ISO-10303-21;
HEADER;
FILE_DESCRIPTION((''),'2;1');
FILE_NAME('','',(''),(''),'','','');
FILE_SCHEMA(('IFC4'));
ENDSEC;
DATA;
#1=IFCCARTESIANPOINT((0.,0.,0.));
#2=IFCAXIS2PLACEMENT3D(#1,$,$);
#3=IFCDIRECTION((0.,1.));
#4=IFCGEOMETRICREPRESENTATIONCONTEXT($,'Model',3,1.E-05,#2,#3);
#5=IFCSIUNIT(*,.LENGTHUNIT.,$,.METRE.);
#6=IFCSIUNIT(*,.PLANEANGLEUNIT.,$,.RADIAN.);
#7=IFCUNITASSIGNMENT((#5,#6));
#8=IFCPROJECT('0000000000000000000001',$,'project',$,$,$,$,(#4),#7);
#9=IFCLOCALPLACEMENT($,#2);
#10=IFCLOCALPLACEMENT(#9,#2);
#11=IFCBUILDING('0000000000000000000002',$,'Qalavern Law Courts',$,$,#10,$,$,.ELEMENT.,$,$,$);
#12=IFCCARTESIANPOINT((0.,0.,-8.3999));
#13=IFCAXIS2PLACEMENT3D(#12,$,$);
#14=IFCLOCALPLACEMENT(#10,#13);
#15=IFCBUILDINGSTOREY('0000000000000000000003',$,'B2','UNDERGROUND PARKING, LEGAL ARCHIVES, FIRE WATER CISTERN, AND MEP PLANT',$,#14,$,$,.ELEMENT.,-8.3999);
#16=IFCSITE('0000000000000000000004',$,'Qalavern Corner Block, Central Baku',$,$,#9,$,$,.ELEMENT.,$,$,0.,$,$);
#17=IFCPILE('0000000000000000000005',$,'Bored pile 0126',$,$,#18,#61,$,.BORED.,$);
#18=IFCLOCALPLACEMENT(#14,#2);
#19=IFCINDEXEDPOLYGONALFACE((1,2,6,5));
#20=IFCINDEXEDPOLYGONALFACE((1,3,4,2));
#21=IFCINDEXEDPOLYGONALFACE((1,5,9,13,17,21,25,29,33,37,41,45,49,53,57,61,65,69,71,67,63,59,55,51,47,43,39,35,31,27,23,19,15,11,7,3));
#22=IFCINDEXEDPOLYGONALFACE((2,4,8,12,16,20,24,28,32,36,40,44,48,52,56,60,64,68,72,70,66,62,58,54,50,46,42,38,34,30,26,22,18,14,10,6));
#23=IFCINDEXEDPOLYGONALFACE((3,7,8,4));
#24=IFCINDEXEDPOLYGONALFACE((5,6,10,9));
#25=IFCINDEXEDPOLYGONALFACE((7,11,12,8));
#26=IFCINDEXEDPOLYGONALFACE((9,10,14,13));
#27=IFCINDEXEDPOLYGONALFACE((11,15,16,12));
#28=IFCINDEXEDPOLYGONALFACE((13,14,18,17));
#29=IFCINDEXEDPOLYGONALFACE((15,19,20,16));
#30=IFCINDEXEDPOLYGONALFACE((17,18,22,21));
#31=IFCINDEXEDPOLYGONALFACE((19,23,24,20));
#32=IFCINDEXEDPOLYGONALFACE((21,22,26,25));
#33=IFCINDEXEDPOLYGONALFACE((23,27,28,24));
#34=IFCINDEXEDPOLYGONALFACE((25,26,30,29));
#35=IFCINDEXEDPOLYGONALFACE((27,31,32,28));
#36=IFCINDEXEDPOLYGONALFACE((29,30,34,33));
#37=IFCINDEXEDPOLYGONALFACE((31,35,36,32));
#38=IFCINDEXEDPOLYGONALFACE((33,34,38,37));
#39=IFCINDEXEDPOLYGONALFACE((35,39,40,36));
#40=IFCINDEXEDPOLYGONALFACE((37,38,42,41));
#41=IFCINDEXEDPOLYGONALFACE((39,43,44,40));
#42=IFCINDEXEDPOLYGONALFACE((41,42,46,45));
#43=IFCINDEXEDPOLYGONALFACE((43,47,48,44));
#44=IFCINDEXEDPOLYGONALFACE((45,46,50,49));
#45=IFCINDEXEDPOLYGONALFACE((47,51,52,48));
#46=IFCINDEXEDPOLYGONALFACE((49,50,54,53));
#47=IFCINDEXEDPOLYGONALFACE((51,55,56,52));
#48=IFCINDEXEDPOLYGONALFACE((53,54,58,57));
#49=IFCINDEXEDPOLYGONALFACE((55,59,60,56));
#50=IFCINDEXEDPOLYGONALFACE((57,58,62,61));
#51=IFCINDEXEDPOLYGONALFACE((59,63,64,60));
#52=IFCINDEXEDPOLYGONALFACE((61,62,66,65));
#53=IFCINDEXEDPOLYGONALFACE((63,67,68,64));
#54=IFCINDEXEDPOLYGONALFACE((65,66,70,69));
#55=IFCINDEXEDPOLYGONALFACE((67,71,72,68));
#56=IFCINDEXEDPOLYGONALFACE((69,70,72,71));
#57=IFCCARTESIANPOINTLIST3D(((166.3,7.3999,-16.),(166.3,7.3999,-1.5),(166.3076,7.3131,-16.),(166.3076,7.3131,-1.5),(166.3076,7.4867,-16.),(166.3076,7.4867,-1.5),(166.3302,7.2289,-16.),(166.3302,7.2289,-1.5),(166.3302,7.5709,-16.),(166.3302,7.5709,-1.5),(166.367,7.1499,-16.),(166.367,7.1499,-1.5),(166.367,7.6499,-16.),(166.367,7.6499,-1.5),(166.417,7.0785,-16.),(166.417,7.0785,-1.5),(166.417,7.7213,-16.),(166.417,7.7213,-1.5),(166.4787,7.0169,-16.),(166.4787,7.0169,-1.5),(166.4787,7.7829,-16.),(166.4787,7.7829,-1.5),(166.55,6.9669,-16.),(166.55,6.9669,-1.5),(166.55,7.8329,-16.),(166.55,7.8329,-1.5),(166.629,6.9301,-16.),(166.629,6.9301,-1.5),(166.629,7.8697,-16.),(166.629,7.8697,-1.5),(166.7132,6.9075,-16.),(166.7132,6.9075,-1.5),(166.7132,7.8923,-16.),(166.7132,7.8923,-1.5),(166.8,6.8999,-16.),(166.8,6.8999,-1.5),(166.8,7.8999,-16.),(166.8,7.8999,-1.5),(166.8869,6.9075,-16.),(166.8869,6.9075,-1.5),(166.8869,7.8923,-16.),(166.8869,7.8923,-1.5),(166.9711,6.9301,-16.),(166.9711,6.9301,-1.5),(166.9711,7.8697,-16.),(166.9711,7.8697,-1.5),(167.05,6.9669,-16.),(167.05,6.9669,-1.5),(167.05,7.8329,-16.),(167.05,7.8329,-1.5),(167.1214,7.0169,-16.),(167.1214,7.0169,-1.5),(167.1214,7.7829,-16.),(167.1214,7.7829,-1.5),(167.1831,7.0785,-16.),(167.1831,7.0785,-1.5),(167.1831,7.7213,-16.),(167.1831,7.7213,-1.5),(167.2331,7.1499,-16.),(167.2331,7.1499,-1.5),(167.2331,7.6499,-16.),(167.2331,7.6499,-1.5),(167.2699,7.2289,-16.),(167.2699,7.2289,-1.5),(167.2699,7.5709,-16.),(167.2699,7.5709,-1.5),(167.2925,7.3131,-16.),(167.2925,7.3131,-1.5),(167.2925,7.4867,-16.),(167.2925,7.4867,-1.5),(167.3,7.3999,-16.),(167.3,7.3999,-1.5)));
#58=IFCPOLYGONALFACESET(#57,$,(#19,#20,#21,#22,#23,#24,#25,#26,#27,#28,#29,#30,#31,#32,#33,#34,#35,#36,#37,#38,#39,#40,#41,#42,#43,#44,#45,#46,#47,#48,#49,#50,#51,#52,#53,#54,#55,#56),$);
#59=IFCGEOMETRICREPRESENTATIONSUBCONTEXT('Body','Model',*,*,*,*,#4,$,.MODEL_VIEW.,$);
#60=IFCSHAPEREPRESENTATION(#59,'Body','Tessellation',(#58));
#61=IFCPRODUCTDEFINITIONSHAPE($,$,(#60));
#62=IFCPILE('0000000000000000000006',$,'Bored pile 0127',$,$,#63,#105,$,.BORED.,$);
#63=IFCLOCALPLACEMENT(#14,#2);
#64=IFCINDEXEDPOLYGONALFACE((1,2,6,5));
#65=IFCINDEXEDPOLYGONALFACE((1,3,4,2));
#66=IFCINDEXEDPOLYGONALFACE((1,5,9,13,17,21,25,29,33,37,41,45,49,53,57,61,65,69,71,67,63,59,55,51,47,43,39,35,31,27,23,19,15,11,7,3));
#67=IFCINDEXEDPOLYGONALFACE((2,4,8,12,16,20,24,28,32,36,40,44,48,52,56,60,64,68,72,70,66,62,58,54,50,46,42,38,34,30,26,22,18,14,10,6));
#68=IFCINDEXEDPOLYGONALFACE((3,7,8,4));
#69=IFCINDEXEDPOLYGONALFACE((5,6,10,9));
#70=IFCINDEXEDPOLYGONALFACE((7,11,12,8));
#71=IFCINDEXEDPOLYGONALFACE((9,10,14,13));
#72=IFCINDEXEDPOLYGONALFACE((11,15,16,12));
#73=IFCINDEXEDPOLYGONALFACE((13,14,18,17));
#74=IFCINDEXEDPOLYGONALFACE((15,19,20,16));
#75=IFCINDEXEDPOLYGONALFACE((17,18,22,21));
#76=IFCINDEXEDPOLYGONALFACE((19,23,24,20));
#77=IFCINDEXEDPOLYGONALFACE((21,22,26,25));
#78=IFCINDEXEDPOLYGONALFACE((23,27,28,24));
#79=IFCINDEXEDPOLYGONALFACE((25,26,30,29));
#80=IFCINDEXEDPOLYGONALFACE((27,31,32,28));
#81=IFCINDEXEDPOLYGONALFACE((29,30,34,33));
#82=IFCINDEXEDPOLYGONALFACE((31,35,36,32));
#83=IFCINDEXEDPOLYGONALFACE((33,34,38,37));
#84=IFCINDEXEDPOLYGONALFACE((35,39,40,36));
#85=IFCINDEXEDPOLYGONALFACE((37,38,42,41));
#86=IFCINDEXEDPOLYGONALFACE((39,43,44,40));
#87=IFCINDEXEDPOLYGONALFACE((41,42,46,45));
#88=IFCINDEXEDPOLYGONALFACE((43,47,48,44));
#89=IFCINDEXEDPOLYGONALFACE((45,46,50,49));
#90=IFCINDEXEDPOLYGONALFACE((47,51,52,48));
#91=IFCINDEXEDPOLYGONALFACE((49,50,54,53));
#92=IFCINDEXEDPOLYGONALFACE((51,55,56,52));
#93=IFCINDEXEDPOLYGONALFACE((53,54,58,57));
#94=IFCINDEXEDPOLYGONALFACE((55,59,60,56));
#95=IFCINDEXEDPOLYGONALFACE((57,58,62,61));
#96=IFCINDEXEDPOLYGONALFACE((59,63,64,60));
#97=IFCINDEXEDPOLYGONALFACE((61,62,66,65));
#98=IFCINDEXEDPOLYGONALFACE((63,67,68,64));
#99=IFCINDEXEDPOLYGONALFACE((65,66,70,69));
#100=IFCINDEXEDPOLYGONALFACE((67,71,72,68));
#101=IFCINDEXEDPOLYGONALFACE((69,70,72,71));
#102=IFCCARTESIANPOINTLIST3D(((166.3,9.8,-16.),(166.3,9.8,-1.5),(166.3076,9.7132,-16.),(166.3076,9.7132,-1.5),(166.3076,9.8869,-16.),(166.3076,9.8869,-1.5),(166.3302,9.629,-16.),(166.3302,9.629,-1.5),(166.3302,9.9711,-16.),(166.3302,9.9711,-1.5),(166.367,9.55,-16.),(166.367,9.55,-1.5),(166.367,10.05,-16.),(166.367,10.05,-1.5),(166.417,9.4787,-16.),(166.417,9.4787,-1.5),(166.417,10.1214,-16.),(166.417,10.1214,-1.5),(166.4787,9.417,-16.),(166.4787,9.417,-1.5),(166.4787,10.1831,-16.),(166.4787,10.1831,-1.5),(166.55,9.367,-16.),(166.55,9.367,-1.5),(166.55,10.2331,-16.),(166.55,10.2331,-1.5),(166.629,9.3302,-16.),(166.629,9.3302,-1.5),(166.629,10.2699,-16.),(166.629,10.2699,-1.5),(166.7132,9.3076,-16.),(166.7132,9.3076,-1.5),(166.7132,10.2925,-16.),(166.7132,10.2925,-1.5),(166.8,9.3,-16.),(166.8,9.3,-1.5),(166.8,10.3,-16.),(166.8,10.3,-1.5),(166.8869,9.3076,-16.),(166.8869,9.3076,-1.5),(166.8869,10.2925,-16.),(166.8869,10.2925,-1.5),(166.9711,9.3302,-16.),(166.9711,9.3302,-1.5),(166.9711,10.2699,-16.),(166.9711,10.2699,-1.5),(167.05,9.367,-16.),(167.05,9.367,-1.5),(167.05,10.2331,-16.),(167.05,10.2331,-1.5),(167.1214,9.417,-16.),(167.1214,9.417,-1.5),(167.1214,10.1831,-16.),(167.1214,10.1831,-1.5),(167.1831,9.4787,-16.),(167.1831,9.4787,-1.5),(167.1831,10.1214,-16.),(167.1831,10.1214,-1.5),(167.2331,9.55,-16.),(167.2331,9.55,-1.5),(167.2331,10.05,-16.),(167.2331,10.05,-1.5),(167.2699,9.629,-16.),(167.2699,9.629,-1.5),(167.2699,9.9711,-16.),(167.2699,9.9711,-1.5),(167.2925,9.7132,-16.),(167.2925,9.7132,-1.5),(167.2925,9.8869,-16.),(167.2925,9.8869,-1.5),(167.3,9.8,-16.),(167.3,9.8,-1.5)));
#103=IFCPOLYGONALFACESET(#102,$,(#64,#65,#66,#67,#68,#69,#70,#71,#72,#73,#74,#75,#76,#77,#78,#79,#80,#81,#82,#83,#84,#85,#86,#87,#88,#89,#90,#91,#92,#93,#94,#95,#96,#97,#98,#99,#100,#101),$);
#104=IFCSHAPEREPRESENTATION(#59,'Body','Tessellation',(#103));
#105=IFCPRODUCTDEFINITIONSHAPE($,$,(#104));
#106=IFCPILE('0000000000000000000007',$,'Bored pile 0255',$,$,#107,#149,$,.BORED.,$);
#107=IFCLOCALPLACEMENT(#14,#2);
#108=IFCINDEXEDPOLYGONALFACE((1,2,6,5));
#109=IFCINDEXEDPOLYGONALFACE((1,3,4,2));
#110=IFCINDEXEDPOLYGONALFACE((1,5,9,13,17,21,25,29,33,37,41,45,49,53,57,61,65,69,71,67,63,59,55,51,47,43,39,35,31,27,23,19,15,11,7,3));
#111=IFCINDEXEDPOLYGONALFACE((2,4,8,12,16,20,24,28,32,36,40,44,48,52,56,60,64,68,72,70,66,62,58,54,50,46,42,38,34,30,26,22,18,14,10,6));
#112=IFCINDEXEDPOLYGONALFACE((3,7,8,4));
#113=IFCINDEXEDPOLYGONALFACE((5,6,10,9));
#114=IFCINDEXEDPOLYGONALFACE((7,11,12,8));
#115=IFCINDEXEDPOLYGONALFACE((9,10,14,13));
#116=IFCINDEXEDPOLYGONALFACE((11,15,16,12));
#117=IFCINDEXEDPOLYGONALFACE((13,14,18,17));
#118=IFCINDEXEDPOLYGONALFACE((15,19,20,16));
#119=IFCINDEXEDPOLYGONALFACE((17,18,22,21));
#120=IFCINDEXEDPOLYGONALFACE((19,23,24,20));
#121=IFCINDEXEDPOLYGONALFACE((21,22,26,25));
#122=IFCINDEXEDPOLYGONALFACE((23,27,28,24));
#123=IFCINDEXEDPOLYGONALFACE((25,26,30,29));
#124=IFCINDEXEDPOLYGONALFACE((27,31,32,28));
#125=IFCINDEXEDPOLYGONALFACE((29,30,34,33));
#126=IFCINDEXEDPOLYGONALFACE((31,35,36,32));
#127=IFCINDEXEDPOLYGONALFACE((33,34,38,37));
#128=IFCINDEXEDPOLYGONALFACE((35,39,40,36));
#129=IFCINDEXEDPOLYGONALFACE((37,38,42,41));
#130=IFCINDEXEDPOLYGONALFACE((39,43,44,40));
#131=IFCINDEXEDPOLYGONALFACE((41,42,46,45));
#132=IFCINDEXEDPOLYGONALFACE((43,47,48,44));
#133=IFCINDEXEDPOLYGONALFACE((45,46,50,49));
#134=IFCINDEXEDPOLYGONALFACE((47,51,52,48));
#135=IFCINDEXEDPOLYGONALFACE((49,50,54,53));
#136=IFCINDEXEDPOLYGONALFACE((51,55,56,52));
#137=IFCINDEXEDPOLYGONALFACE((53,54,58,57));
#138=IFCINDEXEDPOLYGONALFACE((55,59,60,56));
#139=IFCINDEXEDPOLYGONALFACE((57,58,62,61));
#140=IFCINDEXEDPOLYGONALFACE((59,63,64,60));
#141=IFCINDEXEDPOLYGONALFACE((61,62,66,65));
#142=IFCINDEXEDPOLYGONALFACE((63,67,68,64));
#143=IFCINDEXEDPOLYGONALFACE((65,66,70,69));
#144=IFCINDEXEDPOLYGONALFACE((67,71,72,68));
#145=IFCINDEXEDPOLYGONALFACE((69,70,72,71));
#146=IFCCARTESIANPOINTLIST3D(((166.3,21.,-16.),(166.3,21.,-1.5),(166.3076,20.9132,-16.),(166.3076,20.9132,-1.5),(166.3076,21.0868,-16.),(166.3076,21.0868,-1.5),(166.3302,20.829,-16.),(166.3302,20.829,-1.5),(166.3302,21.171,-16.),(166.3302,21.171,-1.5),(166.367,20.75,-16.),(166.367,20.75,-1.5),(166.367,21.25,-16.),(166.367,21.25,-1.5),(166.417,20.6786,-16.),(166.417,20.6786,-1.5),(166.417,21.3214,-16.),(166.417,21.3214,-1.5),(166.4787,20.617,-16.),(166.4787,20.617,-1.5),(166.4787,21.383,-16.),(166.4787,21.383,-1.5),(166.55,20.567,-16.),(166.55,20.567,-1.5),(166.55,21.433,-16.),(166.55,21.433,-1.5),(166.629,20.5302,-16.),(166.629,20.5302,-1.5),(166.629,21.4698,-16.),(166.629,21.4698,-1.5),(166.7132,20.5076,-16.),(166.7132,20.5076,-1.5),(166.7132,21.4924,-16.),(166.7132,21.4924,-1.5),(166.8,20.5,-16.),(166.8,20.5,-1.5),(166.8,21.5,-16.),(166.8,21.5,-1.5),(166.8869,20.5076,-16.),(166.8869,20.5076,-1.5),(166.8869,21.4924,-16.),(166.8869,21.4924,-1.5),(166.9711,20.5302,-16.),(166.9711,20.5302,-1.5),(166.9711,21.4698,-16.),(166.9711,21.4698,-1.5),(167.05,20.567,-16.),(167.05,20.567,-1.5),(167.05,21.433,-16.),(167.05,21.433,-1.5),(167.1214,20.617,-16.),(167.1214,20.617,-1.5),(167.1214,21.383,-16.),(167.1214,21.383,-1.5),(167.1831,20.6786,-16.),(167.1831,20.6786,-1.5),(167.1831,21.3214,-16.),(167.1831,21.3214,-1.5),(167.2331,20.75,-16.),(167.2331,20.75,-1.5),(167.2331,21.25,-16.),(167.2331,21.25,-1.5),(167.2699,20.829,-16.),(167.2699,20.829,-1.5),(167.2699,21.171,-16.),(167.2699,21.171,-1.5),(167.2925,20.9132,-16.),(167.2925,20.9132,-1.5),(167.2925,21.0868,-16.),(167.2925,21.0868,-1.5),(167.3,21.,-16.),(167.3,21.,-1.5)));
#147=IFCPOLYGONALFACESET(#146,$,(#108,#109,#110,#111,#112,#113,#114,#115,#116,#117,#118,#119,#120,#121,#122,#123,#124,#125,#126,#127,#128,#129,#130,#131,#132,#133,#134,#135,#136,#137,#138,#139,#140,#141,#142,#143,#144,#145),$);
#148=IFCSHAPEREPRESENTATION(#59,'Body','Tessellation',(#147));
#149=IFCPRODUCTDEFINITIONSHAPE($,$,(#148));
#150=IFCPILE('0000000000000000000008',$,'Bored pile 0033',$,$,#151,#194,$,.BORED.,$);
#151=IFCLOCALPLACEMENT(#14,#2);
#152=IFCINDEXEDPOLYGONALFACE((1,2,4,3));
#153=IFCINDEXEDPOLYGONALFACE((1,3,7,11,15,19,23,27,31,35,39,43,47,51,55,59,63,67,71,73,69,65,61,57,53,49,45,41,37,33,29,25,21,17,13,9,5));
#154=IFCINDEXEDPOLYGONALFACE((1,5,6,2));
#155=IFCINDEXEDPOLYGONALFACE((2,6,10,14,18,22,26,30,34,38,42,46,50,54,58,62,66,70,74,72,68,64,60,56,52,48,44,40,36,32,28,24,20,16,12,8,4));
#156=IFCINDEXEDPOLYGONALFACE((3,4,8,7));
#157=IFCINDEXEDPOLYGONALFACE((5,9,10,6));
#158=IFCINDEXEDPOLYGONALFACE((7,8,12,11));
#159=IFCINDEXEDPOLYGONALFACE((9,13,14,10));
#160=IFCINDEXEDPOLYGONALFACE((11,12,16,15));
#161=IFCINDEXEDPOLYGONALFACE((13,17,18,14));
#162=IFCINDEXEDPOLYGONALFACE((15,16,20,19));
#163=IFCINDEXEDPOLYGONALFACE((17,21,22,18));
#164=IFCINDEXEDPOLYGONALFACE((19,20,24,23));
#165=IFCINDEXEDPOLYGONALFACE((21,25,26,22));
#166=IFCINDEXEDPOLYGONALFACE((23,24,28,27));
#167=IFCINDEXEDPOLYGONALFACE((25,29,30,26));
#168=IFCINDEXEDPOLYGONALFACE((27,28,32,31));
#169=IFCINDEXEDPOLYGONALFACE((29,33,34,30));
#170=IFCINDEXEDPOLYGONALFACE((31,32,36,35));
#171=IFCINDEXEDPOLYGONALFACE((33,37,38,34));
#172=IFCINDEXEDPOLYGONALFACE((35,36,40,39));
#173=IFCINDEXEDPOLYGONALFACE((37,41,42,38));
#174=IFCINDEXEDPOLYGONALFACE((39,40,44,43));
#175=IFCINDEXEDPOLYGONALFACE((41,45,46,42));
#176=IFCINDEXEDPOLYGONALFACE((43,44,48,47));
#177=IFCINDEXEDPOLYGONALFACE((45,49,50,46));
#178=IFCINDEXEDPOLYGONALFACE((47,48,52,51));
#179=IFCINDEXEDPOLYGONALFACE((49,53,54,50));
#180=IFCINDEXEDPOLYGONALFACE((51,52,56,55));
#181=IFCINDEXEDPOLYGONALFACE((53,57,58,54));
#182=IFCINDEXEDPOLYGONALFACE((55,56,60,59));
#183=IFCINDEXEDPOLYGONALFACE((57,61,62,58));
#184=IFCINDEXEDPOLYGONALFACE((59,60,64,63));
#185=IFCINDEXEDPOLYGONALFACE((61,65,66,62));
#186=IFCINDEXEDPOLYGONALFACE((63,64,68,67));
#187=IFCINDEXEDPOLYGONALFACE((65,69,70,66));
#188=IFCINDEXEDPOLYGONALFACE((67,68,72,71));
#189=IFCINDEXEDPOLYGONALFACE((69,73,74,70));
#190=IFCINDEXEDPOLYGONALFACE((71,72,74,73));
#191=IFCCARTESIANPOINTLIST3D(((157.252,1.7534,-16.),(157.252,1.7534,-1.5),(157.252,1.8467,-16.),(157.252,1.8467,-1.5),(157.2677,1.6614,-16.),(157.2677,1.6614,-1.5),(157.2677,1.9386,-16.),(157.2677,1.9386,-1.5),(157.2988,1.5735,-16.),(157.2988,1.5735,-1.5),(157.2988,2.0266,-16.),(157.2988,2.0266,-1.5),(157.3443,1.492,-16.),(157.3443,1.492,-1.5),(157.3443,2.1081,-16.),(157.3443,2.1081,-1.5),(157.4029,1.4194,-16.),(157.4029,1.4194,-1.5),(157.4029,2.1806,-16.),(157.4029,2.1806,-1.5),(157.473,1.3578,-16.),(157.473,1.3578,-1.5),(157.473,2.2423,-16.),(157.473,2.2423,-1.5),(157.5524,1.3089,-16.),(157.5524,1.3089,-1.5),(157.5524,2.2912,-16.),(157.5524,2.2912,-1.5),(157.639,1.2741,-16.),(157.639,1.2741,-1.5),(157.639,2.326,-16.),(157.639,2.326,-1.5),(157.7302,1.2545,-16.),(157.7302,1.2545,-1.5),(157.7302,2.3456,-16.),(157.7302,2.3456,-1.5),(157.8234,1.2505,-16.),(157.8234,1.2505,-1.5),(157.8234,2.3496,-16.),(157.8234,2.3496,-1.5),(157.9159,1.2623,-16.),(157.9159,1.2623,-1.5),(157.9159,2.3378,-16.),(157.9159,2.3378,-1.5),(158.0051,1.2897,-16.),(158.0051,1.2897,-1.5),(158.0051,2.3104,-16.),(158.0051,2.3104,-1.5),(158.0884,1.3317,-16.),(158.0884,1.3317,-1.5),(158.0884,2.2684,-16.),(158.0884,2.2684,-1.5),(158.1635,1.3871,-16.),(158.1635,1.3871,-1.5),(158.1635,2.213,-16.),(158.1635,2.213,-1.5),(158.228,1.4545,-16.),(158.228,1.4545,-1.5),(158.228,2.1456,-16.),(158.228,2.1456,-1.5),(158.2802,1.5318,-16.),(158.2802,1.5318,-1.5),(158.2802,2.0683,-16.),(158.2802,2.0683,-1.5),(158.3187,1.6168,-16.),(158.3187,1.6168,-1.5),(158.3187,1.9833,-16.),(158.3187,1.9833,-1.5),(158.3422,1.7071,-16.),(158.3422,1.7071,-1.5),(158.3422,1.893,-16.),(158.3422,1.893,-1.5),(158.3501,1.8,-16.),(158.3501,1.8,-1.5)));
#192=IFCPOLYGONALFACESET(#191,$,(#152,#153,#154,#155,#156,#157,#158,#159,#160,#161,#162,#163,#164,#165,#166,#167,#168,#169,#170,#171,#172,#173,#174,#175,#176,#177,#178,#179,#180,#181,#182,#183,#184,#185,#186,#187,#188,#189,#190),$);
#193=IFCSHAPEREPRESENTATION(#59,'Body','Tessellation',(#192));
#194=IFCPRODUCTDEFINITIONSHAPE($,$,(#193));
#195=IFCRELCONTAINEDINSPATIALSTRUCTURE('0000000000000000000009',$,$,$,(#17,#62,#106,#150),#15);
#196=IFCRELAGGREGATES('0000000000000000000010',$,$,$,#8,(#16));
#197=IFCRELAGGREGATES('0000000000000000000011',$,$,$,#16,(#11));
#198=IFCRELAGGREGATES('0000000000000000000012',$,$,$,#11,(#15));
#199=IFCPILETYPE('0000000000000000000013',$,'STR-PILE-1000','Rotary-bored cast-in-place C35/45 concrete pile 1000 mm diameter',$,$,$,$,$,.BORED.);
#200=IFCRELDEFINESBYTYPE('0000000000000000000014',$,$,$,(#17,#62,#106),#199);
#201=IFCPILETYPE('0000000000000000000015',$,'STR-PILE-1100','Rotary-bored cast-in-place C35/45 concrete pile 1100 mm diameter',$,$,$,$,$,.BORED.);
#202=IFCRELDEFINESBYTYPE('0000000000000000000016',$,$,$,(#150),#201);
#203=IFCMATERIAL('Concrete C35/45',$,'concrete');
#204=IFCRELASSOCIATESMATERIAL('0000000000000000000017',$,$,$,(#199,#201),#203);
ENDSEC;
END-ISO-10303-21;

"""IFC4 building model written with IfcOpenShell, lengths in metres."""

from ifc_helpers import new_model, si_unit, direction, frame, origin, origin_2d, place, context, subcontext, project, spatial, circle, extrude, material, material_profile, profile_set, type_object, element, save


model = new_model("IFC4")

# Units and contexts
model_context = context("Model", 3, precision=1e-05, world=origin(), true_north=direction((0.0, 1.0)))
body_context = subcontext(model_context, "Body", "Model", "MODEL_VIEW")
ifc_project = project(units=[si_unit("LENGTHUNIT", "METRE"), si_unit("PLANEANGLEUNIT", "RADIAN")], contexts=[model_context])

# Site, building, storey
site_placement = place(None, origin())
site = spatial("IfcSite", under=ifc_project, at=site_placement, Name="Qalavern Corner Block, Central Baku", CompositionType="ELEMENT", RefElevation=0.0)
building_placement = place(site_placement, origin())
building = spatial("IfcBuilding", under=site, at=building_placement, Name="Qalavern Law Courts", CompositionType="ELEMENT")
storey_placement = place(building_placement, frame((0.0, 0.0, -8.3999)))
storey = spatial("IfcBuildingStorey", under=building, at=storey_placement, Name="B2", Description="UNDERGROUND PARKING, LEGAL ARCHIVES, FIRE WATER CISTERN, AND MEP PLANT", CompositionType="ELEMENT", Elevation=-8.3999)

# Shared definitions
ifc_material_1 = material(Name="Concrete C35/45", Category="concrete")

# Piles
ifc_material_profile_1 = material_profile(ifc_material_1, circle(Radius=0.5, at=origin_2d()), Name="BORED PILE 1000")
ifc_profile_set_1 = profile_set([ifc_material_profile_1], Name="Concrete C35/45")
pile_type_1 = type_object("IfcPileType", Name="STR-PILE-1000", Description="Rotary-bored cast-in-place C35/45 concrete pile 1000 mm diameter", PredefinedType="BORED", material=ifc_profile_set_1)
for number, where, z_axis, x_axis, name in (
    (1, (166.8, 7.3999, -1.5), (0.0, 0.0, -1.0), (1.0, 0.0, 0.0), "Bored pile 0126"),
    (2, (166.8, 9.8, -1.5), (0.0, 0.0, -1.0), (1.0, 0.0, 0.0), "Bored pile 0127"),
    (3, (166.8, 21.0, -1.5), (0.0, 0.0, -1.0), (1.0, 0.0, 0.0), "Bored pile 0255"),
):
    element("IfcPile", number, at=place(storey_placement, frame(where, z_axis=z_axis, x_axis=x_axis)), inside=storey, type_object=pile_type_1, Name=name, PredefinedType="BORED", context=body_context, shape_type="SweptSolid", body=[
        extrude(circle(Radius=0.5, at=origin_2d()), origin(), (0.0, 0.0, 1.0), 14.5),
    ])
ifc_material_profile_2 = material_profile(ifc_material_1, circle(Radius=0.55, at=origin_2d()), Name="BORED PILE 1100")
ifc_profile_set_2 = profile_set([ifc_material_profile_2], Name="Concrete C35/45")
pile_type_2 = type_object("IfcPileType", Name="STR-PILE-1100", Description="Rotary-bored cast-in-place C35/45 concrete pile 1100 mm diameter", PredefinedType="BORED", material=ifc_profile_set_2)
for number, where, z_axis, x_axis, name in (
    (4, (157.8, 1.8, -1.5), (0.0, 0.0, -1.0), (1.0, 0.0, 0.0), "Bored pile 0033"),
):
    element("IfcPile", number, at=place(storey_placement, frame(where, z_axis=z_axis, x_axis=x_axis)), inside=storey, type_object=pile_type_2, Name=name, PredefinedType="BORED", context=body_context, shape_type="SweptSolid", body=[
        extrude(circle(Radius=0.55, at=origin_2d()), origin(), (0.0, 0.0, 1.0), 14.5),
    ])

save(model, "model.ifc")
